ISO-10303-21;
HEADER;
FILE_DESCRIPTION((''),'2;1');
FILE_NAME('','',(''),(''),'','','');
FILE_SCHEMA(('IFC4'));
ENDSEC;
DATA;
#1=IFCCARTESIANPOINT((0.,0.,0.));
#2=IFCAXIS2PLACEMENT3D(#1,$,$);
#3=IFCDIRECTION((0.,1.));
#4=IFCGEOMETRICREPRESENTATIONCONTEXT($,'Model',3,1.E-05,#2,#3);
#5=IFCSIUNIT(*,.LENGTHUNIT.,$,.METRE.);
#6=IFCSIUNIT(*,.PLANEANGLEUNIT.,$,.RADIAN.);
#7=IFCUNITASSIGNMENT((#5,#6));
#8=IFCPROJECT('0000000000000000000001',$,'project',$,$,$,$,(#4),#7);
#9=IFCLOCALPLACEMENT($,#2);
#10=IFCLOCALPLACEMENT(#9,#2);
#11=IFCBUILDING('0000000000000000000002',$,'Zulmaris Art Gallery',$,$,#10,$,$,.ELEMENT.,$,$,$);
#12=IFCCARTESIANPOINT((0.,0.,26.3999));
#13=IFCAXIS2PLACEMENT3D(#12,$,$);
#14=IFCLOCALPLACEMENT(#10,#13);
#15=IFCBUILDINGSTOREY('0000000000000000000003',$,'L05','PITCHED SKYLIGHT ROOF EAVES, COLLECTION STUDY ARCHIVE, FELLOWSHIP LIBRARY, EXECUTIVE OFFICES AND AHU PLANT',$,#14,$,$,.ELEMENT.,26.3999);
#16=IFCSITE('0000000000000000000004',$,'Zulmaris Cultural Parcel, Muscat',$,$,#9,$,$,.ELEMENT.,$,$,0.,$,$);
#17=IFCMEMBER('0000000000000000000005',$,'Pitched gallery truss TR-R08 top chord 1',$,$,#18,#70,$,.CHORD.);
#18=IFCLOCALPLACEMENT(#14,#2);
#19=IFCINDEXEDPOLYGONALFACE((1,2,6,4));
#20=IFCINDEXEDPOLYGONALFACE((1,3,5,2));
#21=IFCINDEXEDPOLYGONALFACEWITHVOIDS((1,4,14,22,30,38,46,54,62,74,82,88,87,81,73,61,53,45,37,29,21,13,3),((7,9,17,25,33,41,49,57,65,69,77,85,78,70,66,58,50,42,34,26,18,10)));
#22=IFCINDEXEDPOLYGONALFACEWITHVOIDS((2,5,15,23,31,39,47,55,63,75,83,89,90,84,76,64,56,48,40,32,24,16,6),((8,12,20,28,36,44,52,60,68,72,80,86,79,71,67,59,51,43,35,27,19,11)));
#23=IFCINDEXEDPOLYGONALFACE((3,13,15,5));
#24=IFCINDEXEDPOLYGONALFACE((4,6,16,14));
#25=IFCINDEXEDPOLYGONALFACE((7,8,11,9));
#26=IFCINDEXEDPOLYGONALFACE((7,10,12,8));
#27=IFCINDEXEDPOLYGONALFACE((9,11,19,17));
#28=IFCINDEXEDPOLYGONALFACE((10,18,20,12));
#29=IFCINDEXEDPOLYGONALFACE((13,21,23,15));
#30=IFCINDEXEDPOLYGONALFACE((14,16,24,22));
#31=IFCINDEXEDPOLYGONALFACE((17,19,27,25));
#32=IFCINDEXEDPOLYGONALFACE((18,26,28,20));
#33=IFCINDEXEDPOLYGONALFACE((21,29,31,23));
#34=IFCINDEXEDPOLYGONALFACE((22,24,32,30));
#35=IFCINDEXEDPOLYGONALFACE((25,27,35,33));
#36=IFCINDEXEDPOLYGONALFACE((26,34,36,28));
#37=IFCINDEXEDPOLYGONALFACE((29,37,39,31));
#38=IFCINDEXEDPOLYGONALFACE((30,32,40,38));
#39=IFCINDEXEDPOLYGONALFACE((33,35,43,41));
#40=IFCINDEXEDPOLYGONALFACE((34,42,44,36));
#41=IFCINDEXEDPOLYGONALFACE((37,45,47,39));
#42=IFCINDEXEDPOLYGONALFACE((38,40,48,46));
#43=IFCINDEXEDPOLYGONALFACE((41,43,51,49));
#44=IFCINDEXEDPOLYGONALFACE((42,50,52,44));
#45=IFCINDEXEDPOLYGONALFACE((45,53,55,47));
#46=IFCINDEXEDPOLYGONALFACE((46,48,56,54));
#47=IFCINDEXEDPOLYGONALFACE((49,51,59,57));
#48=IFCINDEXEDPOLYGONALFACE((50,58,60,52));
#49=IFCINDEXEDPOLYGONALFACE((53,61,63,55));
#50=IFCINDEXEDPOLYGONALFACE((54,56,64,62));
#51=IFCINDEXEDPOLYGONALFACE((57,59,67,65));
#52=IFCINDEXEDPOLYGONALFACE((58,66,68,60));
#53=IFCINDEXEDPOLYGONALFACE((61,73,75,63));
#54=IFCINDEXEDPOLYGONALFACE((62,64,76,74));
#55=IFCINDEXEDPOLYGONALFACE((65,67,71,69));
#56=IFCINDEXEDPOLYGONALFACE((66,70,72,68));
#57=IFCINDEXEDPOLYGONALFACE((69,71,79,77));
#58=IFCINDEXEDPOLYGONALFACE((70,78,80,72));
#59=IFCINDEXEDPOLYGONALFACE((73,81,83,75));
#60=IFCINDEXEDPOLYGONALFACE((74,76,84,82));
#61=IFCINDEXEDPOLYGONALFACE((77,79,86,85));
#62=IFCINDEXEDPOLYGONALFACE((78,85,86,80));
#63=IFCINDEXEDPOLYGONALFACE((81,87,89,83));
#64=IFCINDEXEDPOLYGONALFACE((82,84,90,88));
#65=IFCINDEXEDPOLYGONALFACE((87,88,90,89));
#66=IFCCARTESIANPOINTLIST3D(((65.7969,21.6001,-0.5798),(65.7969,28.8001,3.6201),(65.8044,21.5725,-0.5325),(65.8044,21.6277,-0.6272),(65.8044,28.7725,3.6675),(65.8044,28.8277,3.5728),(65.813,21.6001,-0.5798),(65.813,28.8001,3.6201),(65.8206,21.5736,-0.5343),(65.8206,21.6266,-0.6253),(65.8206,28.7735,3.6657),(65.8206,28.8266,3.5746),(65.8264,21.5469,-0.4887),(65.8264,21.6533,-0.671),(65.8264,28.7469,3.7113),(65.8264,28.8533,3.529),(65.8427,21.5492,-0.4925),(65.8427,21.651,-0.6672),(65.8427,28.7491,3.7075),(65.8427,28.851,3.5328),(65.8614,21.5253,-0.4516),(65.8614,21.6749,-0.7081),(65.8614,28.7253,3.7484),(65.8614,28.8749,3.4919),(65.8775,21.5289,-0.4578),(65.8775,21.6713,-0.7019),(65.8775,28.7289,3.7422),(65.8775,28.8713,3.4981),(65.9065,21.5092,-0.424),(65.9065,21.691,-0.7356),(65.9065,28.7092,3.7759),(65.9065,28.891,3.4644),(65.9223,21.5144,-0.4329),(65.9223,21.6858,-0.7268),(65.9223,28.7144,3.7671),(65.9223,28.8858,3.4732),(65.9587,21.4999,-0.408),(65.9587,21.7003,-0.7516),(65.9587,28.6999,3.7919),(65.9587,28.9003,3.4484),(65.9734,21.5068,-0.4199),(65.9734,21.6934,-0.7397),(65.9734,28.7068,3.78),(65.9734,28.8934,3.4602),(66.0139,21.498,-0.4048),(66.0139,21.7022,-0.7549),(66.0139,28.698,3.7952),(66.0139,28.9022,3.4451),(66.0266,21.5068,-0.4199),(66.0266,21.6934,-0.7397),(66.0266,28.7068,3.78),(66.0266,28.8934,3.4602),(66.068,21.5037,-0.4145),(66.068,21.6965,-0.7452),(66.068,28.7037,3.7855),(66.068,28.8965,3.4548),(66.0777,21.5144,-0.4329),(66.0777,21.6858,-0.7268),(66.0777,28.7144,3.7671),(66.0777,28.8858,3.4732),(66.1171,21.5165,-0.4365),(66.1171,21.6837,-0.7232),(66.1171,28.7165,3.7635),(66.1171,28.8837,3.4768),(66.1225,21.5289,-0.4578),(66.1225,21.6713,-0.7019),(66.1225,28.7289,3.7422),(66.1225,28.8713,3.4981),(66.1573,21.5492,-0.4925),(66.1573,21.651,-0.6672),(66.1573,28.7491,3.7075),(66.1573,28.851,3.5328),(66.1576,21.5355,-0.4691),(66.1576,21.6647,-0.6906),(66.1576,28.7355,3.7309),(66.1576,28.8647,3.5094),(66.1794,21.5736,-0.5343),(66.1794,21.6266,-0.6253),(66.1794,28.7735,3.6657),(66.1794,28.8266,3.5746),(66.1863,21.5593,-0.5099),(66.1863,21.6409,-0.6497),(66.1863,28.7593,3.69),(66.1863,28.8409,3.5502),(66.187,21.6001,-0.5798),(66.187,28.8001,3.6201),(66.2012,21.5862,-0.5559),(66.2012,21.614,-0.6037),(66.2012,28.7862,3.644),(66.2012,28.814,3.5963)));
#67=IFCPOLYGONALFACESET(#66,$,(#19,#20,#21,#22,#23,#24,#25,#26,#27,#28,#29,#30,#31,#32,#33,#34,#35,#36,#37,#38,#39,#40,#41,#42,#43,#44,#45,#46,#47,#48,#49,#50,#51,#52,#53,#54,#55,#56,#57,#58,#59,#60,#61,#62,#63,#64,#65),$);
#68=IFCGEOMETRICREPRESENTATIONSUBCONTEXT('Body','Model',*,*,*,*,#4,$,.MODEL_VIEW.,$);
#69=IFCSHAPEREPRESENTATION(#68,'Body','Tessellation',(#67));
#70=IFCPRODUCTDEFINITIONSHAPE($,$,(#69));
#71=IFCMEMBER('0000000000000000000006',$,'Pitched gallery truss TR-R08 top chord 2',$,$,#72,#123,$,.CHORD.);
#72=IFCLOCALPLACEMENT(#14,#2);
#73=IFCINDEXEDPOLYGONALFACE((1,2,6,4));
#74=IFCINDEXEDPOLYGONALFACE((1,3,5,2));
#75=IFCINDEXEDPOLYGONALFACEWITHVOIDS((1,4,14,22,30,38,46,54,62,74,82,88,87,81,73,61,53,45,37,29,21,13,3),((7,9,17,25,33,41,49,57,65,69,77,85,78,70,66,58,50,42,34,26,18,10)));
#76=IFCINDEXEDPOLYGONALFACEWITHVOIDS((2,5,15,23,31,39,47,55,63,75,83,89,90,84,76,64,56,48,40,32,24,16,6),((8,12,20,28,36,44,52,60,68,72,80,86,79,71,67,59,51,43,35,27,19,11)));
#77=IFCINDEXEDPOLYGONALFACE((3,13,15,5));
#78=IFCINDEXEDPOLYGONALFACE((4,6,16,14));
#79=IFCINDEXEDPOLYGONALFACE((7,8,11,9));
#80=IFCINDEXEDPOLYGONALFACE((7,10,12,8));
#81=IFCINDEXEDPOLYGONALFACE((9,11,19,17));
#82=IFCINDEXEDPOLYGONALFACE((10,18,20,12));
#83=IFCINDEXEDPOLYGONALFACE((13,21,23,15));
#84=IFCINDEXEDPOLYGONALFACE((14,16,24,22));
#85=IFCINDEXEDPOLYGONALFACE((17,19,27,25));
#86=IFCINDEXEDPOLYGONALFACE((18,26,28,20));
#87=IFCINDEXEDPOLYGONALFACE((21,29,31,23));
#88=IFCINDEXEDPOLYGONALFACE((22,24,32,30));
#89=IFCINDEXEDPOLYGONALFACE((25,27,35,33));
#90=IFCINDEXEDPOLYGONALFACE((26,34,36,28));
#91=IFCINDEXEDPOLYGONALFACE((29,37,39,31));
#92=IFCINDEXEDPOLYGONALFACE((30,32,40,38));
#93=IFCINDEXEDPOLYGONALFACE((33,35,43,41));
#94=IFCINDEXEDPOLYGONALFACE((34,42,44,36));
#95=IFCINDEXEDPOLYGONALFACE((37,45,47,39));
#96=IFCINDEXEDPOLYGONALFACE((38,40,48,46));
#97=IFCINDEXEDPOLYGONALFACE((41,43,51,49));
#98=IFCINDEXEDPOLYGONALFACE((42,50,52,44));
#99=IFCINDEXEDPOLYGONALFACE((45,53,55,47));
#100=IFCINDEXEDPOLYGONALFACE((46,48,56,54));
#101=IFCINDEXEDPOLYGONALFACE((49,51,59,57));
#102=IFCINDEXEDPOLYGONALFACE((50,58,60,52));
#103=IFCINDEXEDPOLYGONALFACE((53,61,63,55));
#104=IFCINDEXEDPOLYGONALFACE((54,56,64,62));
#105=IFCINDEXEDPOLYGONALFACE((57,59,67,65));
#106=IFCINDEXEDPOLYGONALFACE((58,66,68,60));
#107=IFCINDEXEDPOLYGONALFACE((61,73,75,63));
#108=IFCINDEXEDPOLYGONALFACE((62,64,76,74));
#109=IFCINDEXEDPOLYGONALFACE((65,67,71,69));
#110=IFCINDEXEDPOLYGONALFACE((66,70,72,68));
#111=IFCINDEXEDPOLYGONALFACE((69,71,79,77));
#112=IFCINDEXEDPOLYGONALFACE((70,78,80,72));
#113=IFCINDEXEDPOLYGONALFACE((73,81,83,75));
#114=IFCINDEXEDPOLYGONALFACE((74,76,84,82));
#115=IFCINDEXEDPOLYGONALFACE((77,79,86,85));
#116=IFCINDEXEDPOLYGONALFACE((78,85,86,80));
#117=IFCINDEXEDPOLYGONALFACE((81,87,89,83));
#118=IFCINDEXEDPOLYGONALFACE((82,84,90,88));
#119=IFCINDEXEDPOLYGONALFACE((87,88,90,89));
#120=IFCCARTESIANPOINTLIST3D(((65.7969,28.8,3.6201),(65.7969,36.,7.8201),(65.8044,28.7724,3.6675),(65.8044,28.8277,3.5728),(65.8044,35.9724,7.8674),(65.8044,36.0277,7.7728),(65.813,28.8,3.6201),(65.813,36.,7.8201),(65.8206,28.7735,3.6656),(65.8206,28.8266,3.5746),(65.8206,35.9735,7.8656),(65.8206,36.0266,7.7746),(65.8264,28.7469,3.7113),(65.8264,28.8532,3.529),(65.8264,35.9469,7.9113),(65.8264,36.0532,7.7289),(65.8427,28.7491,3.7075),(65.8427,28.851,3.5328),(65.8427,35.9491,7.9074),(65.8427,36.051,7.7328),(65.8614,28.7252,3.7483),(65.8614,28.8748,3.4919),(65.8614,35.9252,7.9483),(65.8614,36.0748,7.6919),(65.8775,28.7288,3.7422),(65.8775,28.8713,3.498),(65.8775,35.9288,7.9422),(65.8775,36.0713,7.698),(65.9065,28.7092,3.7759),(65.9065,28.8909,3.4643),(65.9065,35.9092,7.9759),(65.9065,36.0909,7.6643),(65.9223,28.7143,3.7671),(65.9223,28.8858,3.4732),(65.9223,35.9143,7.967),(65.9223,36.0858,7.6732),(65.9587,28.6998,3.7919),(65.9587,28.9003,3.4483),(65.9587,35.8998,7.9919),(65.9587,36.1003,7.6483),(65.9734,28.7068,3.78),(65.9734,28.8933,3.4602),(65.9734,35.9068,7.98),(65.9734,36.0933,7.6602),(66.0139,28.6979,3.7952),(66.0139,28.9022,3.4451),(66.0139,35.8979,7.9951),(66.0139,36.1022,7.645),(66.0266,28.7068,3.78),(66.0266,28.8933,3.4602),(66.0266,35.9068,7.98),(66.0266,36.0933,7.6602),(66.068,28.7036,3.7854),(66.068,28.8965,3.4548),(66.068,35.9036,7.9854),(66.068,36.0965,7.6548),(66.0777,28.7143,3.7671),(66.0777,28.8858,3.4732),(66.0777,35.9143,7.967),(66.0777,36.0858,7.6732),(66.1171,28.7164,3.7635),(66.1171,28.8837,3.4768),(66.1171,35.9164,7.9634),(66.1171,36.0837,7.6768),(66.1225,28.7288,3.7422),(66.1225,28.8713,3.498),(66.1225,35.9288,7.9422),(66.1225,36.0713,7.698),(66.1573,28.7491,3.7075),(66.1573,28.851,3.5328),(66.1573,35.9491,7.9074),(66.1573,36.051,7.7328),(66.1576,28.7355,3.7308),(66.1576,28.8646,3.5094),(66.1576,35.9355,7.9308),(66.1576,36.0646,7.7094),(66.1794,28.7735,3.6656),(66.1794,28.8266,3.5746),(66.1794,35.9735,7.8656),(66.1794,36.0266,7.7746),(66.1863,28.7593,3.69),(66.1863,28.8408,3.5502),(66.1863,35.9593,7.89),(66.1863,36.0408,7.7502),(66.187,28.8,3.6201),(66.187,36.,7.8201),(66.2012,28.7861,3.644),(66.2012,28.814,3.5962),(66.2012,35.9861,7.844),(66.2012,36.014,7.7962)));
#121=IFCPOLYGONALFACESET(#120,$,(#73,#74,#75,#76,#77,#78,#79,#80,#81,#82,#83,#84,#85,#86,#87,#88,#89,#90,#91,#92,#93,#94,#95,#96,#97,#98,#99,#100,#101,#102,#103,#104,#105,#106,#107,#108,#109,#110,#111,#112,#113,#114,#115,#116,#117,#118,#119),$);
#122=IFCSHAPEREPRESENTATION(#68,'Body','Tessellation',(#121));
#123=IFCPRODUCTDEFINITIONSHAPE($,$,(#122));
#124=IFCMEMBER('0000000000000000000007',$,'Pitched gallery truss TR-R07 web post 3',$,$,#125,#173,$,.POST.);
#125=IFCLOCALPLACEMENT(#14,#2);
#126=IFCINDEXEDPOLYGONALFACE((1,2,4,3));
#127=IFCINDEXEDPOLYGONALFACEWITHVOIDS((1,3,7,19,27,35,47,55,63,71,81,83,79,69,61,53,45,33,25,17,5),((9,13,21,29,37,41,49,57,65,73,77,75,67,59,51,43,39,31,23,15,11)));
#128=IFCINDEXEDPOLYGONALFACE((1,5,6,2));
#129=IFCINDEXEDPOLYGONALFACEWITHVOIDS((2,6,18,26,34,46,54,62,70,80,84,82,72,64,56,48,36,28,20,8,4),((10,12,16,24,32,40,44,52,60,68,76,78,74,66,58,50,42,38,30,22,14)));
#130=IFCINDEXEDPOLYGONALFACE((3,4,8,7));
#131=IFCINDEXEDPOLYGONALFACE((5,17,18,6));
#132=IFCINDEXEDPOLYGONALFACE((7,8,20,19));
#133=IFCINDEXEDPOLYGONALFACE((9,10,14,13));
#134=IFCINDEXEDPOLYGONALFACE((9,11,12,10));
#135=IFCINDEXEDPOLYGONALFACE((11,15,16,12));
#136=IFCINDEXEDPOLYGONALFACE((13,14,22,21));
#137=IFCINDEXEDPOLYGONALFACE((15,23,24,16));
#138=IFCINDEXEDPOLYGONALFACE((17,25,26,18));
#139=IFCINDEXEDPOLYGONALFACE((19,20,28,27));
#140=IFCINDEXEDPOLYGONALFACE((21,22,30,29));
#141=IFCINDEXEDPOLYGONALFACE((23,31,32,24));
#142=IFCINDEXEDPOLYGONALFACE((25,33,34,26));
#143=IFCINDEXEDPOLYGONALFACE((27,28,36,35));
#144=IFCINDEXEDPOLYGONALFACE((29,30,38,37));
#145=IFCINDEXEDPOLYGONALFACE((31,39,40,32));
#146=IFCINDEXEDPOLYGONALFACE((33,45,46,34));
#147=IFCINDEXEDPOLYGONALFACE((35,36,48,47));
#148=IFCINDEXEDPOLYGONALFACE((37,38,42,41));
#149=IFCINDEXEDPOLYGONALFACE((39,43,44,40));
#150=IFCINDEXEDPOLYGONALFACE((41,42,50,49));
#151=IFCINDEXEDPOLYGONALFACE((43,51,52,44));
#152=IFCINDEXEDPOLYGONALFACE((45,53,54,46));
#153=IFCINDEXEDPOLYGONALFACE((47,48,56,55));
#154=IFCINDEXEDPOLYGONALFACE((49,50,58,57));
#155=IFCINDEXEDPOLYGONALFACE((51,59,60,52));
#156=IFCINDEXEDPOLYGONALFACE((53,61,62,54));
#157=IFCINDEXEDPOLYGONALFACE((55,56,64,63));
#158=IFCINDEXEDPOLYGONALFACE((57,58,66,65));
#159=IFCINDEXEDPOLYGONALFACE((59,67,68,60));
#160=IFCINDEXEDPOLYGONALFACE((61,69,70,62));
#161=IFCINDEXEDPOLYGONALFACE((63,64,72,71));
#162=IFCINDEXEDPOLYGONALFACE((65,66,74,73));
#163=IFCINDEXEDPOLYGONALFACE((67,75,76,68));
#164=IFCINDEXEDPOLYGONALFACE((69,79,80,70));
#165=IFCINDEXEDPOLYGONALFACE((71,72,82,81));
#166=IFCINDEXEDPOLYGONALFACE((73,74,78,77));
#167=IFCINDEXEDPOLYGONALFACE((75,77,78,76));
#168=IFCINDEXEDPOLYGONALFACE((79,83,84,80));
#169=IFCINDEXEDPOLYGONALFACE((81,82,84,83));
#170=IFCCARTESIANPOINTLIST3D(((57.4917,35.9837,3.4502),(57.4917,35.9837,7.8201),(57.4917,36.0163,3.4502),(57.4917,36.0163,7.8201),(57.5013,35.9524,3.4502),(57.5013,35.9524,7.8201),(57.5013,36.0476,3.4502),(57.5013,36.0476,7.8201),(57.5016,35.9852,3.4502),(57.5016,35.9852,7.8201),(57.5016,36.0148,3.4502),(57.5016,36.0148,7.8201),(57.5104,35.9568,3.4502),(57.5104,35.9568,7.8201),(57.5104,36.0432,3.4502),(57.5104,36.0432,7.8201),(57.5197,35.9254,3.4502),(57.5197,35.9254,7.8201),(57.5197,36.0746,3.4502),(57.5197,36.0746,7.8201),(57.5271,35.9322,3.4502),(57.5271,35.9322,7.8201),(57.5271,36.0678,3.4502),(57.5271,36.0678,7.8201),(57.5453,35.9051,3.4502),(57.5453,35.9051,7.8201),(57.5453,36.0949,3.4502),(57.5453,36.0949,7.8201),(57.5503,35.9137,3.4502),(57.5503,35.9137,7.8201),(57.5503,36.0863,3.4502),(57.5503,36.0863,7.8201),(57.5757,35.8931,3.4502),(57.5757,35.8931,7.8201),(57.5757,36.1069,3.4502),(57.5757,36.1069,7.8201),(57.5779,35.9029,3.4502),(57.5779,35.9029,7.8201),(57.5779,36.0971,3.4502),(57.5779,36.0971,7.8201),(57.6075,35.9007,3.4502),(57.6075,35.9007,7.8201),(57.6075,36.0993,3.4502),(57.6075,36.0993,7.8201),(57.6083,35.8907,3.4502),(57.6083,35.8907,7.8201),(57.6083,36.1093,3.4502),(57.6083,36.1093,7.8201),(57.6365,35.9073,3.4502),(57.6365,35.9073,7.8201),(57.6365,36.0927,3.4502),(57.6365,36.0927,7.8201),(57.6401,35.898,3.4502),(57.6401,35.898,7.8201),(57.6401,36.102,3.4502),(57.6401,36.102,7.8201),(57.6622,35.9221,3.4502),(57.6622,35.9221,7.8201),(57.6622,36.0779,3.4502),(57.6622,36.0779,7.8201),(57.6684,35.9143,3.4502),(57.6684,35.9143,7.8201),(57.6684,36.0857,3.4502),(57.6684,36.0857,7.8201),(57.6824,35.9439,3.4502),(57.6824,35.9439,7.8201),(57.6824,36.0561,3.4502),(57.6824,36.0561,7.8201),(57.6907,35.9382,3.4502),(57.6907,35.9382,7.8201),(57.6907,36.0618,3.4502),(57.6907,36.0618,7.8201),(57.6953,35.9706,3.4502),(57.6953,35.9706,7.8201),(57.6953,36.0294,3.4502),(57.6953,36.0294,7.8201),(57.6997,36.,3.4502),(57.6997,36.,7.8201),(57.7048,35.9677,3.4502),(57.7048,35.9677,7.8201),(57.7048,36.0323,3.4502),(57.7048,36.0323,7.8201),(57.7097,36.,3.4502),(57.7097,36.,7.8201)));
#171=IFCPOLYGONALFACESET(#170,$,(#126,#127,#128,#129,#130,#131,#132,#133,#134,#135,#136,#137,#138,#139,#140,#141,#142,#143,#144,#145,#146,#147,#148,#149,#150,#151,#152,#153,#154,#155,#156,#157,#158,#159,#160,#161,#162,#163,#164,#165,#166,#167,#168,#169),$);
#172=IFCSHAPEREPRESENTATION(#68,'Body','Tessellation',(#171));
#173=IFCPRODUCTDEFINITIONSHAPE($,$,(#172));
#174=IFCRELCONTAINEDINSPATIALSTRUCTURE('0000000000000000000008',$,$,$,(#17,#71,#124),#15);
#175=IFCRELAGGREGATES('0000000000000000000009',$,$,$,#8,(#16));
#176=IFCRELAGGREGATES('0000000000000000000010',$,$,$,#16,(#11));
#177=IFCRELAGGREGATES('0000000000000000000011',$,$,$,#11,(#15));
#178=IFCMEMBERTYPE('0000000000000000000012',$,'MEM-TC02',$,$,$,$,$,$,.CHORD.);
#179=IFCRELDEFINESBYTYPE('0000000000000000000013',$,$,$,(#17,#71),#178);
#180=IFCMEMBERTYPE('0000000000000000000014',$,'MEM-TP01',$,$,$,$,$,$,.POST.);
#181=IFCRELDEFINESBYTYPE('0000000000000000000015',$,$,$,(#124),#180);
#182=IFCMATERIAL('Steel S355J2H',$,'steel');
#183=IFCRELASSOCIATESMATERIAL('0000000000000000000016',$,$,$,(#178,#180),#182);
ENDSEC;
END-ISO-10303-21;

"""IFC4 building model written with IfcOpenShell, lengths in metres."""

from ifc_helpers import new_model, si_unit, direction, frame, origin, origin_2d, place, context, subcontext, project, spatial, hollow_circle, extrude, material, material_profile, profile_set, type_object, element, save


model = new_model("IFC4")

# Units and contexts
model_context = context("Model", 3, precision=1e-05, world=origin(), true_north=direction((0.0, 1.0)))
body_context = subcontext(model_context, "Body", "Model", "MODEL_VIEW")
ifc_project = project(units=[si_unit("LENGTHUNIT", "METRE"), si_unit("PLANEANGLEUNIT", "RADIAN")], contexts=[model_context])

# Site, building, storey
site_placement = place(None, origin())
site = spatial("IfcSite", under=ifc_project, at=site_placement, Name="Zulmaris Cultural Parcel, Muscat", CompositionType="ELEMENT", RefElevation=0.0)
building_placement = place(site_placement, origin())
building = spatial("IfcBuilding", under=site, at=building_placement, Name="Zulmaris Art Gallery", CompositionType="ELEMENT")
storey_placement = place(building_placement, frame((0.0, 0.0, 26.3999)))
storey = spatial("IfcBuildingStorey", under=building, at=storey_placement, Name="L05", Description="PITCHED SKYLIGHT ROOF EAVES, COLLECTION STUDY ARCHIVE, FELLOWSHIP LIBRARY, EXECUTIVE OFFICES AND AHU PLANT", CompositionType="ELEMENT", Elevation=26.3999)

# Members
ifc_material_1 = material(Name="Steel S355J2H", Category="steel")
ifc_material_profile_1 = material_profile(ifc_material_1, hollow_circle(Radius=0.2031, WallThickness=0.0161, at=origin_2d()), Name="CHS 406.4x16")
ifc_profile_set_1 = profile_set([ifc_material_profile_1], Name="Steel S355J2H")
member_type_1 = type_object("IfcMemberType", Name="MEM-TC02", PredefinedType="CHORD", material=ifc_profile_set_1)
for number, where, z_axis, x_axis, name in (
    (1, (66.0, 21.6001, -0.5798), (0.0, 0.86378, 0.503869), (-1.0, 0.0, 0.0), "Pitched gallery truss TR-R08 top chord 1"),
    (2, (66.0, 28.8, 3.6201), (0.0, 0.86378, 0.503869), (-1.0, 0.0, 0.0), "Pitched gallery truss TR-R08 top chord 2"),
):
    element("IfcMember", number, at=place(storey_placement, frame(where, z_axis=z_axis, x_axis=x_axis)), inside=storey, type_object=member_type_1, Name=name, PredefinedType="CHORD", context=body_context, shape_type="SweptSolid", body=[
        extrude(hollow_circle(Radius=0.2031, WallThickness=0.0161, at=origin_2d()), origin(), (0.0, 0.0, 1.0), 8.3354),
    ])
ifc_material_profile_2 = material_profile(ifc_material_1, hollow_circle(Radius=0.1096, WallThickness=0.01, at=origin_2d()), Name="CHS 219.1x10")
ifc_profile_set_2 = profile_set([ifc_material_profile_2], Name="Steel S355J2H")
member_type_2 = type_object("IfcMemberType", Name="MEM-TP01", PredefinedType="POST", material=ifc_profile_set_2)
member_1_placement = place(storey_placement, frame((57.6001, 36.0, 3.4502), z_axis=(0.0, 0.0, 1.0), x_axis=(1.0, 0.0, 0.0)))
element("IfcMember", 3, at=member_1_placement, inside=storey, type_object=member_type_2, Name="Pitched gallery truss TR-R07 web post 3", PredefinedType="POST", context=body_context, shape_type="SweptSolid", body=[
    extrude(hollow_circle(Radius=0.1096, WallThickness=0.01, at=origin_2d()), origin(), (0.0, 0.0, 1.0), 4.3699),
])

save(model, "model.ifc")
